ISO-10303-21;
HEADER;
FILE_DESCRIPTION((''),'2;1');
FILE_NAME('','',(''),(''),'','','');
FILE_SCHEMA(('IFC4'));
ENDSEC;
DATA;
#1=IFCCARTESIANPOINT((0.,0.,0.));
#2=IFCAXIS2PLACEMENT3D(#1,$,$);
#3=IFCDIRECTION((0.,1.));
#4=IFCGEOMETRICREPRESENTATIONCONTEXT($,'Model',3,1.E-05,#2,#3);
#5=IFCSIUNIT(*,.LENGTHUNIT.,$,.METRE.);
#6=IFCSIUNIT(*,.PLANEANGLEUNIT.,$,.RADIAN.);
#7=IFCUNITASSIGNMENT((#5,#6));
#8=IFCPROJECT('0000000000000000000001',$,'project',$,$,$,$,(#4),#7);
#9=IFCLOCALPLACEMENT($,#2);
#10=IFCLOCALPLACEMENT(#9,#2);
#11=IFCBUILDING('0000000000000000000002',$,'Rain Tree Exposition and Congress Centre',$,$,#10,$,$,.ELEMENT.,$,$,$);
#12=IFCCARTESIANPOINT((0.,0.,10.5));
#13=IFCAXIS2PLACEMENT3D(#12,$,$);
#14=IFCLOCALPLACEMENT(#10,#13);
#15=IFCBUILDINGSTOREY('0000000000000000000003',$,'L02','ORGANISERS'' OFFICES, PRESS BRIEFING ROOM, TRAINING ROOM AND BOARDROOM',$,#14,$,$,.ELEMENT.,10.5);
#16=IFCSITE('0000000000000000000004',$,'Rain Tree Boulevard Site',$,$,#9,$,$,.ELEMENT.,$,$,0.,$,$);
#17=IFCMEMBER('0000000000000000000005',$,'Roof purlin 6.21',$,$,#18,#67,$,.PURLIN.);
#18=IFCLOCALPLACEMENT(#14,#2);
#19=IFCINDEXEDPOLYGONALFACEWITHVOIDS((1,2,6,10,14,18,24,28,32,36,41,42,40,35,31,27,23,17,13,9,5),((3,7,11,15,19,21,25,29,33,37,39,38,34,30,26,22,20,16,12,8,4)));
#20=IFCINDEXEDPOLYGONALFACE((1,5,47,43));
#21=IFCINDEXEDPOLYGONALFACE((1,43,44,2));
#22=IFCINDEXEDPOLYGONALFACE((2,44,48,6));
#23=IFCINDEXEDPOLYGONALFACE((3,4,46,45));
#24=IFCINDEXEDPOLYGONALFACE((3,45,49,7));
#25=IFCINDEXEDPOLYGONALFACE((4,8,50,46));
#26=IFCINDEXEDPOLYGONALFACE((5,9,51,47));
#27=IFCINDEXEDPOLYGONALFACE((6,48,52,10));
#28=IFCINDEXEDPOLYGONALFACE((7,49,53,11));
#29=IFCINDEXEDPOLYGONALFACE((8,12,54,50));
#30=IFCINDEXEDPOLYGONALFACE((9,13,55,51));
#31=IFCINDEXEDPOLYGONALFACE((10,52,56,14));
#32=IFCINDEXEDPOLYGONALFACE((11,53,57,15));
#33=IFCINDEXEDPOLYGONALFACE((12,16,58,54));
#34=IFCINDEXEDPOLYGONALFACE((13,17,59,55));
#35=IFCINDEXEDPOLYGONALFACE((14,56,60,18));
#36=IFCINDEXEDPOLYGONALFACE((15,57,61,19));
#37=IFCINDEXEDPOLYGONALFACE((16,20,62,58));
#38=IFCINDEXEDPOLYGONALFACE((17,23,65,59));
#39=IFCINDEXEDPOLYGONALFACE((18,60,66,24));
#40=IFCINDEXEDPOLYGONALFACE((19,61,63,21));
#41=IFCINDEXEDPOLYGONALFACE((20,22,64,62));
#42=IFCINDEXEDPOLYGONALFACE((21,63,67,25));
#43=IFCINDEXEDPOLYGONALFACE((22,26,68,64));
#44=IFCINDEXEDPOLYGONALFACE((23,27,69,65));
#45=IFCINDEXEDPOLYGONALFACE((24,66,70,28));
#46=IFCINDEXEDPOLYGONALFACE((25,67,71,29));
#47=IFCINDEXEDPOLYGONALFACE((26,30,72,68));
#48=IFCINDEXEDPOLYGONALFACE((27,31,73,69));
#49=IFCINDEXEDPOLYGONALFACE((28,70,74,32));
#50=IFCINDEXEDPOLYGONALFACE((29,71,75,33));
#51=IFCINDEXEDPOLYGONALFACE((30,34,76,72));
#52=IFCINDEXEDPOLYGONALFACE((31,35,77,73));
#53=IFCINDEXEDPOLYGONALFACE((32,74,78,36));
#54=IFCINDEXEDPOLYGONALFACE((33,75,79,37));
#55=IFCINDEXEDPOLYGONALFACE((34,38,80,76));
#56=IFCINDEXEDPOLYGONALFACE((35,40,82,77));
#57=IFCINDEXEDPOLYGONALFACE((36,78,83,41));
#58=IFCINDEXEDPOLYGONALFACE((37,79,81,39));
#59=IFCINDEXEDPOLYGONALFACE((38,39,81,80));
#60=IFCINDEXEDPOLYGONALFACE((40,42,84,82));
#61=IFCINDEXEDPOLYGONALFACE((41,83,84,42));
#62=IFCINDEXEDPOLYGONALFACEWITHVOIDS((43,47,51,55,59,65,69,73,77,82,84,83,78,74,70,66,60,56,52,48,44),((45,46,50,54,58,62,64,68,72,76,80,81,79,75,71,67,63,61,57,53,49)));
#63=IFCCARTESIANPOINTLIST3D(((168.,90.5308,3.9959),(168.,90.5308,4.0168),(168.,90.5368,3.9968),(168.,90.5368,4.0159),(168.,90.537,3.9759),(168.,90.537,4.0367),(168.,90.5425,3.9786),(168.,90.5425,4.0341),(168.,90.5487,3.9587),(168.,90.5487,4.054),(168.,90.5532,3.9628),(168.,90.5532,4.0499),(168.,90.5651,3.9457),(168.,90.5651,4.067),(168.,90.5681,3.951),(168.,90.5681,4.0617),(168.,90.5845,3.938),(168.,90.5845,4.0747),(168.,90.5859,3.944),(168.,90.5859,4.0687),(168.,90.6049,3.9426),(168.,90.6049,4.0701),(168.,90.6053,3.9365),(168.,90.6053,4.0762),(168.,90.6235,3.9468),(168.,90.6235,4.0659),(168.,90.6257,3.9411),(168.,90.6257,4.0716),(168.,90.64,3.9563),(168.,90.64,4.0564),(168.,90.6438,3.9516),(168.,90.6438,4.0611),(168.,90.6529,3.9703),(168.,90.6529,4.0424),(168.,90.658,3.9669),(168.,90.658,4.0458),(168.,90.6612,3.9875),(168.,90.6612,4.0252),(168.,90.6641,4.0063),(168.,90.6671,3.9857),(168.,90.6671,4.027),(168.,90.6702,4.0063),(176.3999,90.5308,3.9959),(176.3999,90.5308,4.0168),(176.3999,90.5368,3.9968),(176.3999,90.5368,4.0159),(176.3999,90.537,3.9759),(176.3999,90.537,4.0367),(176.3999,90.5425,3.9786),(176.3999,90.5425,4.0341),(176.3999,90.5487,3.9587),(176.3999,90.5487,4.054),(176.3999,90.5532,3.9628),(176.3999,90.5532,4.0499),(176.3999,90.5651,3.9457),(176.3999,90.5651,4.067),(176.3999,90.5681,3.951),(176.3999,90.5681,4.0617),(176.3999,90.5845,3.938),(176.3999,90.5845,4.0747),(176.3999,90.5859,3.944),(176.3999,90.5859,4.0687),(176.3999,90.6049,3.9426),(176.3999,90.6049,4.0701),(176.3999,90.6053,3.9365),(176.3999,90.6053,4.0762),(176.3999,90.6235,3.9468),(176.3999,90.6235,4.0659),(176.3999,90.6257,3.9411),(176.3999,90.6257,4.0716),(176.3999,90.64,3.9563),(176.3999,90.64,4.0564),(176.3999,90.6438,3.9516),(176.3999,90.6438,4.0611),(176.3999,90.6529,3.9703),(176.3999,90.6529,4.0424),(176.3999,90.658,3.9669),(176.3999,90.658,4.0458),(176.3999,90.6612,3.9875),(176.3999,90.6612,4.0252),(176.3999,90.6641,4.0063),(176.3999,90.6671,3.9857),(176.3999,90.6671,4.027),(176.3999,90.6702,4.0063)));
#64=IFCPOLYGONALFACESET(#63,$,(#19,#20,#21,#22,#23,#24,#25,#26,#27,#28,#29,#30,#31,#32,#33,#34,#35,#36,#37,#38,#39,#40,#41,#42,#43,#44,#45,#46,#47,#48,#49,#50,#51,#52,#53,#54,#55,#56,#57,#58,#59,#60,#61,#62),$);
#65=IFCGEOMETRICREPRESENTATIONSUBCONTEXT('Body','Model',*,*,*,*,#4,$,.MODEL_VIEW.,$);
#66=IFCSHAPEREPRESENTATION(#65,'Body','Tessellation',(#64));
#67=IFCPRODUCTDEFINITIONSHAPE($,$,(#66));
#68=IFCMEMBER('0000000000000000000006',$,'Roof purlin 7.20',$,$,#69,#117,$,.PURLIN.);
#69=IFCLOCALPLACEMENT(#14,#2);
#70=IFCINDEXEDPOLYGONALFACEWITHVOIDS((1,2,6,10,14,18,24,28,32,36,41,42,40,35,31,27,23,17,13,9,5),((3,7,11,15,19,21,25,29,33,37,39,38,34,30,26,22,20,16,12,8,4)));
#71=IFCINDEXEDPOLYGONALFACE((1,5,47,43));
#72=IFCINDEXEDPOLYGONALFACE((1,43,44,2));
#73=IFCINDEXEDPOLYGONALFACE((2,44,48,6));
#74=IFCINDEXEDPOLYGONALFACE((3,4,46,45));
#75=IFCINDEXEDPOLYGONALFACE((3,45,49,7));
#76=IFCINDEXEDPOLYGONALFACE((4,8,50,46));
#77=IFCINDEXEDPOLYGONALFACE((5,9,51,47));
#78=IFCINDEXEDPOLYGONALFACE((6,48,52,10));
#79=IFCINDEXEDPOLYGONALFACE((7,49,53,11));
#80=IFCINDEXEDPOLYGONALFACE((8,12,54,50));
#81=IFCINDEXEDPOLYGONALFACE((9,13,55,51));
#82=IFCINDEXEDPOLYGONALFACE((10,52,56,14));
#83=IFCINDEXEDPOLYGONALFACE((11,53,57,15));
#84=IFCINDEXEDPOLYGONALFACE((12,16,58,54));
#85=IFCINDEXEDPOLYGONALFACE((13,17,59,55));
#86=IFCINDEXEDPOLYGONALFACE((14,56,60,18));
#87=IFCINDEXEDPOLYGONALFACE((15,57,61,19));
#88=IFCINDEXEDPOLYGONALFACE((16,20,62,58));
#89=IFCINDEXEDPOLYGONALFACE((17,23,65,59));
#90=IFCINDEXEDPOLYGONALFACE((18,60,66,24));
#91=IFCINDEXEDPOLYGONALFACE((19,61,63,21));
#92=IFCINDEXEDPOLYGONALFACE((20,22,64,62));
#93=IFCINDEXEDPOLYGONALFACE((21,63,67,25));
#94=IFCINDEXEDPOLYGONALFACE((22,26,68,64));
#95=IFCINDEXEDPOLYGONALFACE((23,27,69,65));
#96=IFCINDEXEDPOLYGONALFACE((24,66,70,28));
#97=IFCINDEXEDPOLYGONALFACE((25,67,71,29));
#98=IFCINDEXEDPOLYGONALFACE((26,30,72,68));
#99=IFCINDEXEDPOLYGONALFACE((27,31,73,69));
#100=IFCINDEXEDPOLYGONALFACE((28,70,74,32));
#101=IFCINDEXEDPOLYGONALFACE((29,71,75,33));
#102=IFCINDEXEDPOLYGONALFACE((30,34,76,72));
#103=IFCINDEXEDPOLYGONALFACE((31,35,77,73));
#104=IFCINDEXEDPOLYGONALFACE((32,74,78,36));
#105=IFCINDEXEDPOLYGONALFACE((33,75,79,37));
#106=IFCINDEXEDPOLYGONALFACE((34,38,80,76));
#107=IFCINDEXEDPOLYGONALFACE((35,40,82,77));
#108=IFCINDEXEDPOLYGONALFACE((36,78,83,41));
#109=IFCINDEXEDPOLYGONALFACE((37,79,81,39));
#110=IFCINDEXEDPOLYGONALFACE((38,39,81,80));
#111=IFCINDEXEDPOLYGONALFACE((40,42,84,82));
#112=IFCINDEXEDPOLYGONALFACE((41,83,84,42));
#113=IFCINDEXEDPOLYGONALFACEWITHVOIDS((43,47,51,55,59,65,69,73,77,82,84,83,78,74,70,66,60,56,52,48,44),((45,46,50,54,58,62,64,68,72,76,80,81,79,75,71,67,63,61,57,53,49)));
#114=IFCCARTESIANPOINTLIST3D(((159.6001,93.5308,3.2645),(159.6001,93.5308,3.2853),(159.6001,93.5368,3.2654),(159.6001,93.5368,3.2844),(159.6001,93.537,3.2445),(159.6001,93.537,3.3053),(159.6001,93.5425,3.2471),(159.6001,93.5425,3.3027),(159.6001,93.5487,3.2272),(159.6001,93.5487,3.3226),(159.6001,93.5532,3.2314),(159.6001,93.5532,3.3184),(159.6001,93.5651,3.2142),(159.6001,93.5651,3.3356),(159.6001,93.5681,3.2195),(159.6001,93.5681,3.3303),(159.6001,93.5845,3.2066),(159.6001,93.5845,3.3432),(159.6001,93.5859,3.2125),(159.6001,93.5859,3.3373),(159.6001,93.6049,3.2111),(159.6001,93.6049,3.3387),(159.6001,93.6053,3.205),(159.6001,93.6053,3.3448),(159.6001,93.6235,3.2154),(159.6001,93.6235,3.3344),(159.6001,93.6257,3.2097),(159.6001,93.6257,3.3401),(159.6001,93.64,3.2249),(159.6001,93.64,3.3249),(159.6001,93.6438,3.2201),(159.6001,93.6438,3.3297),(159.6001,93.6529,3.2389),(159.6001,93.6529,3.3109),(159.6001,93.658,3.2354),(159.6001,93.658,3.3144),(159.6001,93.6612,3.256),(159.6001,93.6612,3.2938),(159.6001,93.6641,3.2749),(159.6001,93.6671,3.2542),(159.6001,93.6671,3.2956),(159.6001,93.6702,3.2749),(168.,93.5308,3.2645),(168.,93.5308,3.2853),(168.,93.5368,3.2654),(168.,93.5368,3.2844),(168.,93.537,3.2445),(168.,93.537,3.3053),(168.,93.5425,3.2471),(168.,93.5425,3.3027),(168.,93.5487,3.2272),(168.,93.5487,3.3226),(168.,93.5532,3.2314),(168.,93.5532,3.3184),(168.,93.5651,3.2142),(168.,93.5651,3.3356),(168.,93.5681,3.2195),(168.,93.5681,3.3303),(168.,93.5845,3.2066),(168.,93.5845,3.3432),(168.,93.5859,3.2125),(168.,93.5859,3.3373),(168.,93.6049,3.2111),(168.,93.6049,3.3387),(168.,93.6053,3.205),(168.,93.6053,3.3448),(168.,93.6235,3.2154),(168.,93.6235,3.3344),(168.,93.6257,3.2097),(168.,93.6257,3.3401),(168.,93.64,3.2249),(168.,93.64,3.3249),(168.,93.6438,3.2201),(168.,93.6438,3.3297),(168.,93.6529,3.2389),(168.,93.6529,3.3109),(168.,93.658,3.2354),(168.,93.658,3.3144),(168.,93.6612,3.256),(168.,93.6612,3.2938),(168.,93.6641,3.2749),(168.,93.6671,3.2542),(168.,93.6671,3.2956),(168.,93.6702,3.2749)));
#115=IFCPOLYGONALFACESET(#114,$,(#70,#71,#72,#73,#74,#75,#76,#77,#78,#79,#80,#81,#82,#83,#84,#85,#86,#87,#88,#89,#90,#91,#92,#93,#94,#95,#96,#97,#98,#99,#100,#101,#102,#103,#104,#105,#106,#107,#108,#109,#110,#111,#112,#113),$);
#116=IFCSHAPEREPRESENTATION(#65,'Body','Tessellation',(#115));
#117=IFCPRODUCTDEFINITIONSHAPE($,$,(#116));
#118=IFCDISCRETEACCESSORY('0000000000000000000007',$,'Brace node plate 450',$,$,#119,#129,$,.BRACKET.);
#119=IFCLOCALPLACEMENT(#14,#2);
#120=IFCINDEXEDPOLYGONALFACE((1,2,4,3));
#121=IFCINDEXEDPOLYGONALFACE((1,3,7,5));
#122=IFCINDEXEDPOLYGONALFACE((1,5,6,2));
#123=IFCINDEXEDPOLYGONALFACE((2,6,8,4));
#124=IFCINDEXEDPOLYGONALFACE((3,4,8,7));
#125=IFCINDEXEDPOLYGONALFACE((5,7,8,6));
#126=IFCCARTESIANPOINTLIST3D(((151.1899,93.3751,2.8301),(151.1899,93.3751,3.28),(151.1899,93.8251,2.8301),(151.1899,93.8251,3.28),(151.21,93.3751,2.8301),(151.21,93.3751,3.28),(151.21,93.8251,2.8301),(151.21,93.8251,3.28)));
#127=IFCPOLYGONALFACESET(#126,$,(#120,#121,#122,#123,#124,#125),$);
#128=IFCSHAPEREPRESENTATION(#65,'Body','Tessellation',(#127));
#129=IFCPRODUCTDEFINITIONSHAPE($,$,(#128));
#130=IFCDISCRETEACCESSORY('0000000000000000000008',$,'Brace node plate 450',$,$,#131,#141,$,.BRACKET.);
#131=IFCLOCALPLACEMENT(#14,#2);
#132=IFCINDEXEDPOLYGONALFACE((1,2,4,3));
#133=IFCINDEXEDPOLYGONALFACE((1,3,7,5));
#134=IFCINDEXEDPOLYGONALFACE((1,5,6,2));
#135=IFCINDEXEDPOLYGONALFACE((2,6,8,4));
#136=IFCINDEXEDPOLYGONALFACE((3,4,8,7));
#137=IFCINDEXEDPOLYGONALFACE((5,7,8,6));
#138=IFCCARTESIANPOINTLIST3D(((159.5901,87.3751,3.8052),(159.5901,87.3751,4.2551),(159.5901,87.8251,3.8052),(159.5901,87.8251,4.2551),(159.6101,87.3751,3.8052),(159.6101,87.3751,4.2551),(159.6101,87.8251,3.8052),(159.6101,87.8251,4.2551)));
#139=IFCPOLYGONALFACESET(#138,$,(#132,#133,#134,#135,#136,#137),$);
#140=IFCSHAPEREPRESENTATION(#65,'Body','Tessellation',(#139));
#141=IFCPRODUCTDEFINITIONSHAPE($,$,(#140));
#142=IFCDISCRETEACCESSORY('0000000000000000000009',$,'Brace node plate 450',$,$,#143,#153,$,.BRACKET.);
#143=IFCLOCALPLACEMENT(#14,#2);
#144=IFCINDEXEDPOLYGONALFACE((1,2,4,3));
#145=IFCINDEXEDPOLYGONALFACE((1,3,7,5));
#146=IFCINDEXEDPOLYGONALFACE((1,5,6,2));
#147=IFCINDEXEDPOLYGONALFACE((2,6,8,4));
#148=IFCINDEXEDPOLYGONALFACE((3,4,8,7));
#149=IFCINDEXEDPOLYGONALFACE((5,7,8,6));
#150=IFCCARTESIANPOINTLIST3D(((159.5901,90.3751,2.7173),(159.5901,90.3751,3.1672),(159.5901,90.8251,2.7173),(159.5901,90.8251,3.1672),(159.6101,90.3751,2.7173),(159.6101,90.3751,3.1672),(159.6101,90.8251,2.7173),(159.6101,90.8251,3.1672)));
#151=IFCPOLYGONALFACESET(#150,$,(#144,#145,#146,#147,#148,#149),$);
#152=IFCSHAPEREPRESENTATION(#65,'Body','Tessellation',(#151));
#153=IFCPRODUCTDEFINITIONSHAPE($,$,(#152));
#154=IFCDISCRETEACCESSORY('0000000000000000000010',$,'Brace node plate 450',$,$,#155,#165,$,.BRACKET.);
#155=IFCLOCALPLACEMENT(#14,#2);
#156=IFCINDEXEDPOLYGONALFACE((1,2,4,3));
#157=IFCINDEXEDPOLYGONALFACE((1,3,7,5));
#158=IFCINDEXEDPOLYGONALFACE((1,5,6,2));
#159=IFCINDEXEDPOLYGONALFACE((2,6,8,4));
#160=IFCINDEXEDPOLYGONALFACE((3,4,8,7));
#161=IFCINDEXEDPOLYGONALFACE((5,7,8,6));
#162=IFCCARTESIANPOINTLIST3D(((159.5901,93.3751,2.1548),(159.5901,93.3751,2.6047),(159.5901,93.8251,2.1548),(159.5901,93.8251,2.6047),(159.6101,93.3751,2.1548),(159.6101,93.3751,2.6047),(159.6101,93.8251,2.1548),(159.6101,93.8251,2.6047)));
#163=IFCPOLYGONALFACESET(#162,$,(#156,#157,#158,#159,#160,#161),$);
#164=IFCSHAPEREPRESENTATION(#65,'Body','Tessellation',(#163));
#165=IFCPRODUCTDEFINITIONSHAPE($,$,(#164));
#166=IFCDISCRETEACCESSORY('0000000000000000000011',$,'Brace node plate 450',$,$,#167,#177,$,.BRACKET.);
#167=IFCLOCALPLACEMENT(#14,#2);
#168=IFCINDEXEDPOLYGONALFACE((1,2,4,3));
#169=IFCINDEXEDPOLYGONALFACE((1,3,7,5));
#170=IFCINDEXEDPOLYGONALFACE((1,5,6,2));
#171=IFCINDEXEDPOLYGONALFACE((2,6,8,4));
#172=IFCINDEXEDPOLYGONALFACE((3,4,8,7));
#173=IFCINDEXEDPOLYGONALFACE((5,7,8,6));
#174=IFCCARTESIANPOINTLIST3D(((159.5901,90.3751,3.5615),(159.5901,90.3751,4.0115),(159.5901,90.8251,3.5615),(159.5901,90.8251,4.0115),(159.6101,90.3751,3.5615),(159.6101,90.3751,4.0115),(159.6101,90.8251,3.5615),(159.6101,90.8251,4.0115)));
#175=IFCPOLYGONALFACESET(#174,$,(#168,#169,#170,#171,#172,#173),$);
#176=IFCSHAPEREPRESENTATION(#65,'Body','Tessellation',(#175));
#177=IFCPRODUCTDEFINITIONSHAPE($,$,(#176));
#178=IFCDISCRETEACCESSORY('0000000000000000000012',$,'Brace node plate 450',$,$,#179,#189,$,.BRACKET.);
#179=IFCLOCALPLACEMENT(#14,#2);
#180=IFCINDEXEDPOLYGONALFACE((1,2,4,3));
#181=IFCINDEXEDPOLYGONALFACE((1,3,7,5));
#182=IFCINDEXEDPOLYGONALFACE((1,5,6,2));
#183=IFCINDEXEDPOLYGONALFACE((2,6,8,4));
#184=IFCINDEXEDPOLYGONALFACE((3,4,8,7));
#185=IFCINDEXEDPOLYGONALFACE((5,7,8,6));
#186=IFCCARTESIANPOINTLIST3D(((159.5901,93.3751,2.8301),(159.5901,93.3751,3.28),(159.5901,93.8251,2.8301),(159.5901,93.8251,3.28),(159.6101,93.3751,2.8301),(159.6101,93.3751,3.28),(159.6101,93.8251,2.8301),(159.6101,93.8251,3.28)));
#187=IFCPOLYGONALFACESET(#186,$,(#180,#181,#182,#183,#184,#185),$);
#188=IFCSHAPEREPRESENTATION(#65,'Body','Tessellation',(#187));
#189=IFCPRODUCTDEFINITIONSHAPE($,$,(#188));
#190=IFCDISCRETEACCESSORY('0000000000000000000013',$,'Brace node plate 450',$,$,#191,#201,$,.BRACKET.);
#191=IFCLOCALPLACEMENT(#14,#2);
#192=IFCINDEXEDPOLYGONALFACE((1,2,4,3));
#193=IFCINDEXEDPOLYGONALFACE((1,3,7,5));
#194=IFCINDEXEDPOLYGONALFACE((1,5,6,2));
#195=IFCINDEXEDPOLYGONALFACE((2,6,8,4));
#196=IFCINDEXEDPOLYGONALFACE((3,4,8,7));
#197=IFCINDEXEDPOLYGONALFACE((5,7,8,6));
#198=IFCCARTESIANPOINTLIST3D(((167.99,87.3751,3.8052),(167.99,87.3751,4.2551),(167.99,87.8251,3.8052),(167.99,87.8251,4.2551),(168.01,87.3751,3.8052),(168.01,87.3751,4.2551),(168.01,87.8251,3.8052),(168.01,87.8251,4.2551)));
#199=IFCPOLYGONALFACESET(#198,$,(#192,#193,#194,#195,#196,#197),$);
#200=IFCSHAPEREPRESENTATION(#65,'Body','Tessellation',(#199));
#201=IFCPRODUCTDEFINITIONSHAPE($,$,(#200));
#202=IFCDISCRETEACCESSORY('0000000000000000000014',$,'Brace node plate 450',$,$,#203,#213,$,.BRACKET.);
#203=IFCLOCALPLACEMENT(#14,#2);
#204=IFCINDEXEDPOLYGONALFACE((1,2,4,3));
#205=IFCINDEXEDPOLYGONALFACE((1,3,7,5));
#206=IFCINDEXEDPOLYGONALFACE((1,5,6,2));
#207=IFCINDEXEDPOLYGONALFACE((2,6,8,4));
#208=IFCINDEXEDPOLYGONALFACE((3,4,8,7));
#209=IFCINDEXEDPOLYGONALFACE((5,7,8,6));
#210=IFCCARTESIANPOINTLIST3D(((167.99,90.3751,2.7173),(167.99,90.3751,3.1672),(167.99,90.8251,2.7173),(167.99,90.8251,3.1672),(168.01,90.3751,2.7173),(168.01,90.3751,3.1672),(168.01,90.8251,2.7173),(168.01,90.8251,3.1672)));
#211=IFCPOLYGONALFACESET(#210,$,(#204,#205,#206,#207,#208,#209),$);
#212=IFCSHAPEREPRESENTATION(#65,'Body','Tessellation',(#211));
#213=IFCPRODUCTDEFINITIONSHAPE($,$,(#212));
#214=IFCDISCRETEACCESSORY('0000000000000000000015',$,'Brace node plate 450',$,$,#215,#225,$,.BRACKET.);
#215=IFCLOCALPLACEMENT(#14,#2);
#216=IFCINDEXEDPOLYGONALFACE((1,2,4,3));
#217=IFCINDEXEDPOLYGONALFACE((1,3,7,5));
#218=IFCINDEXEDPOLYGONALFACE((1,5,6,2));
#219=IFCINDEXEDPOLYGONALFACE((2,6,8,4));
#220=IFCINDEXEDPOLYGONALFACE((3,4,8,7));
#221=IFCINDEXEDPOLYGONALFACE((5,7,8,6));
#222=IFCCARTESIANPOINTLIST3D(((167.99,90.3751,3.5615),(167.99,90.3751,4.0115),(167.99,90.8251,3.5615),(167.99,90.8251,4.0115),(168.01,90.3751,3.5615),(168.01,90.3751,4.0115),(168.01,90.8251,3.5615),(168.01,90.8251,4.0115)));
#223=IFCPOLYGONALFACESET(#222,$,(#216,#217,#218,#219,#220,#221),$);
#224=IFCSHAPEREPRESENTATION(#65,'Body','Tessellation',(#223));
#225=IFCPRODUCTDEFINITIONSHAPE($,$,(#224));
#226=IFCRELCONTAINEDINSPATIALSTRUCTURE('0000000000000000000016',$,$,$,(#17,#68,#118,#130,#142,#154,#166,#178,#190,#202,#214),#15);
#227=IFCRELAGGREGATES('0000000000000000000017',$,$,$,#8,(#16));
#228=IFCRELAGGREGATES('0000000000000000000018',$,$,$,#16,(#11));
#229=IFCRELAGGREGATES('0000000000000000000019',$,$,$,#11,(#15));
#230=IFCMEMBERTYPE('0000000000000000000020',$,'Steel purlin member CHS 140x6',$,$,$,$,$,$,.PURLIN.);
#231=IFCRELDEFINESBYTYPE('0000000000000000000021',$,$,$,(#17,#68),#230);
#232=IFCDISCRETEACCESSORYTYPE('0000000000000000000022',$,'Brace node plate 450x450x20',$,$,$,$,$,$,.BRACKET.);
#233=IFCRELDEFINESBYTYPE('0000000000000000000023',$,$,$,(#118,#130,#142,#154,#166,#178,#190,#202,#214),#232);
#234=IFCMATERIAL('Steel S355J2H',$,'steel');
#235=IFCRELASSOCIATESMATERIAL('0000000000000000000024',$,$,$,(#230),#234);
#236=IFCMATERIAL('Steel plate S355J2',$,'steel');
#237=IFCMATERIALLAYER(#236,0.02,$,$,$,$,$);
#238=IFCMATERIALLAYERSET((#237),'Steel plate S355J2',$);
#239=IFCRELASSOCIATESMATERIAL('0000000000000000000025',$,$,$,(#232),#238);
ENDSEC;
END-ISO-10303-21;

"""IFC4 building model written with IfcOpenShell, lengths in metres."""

from ifc_helpers import new_model, si_unit, direction, frame, origin, origin_2d, place, context, subcontext, project, spatial, rectangle, hollow_circle, extrude, material, layer, layer_set, material_profile, profile_set, type_object, element, save


model = new_model("IFC4")

# Units and contexts
model_context = context("Model", 3, precision=1e-05, world=origin(), true_north=direction((0.0, 1.0)))
body_context = subcontext(model_context, "Body", "Model", "MODEL_VIEW")
ifc_project = project(units=[si_unit("LENGTHUNIT", "METRE"), si_unit("PLANEANGLEUNIT", "RADIAN")], contexts=[model_context])

# Site, building, storey
site_placement = place(None, origin())
site = spatial("IfcSite", under=ifc_project, at=site_placement, Name="Rain Tree Boulevard Site", CompositionType="ELEMENT", RefElevation=0.0)
building_placement = place(site_placement, origin())
building = spatial("IfcBuilding", under=site, at=building_placement, Name="Rain Tree Exposition and Congress Centre", CompositionType="ELEMENT")
storey_placement = place(building_placement, frame((0.0, 0.0, 10.5)))
storey = spatial("IfcBuildingStorey", under=building, at=storey_placement, Name="L02", Description="ORGANISERS' OFFICES, PRESS BRIEFING ROOM, TRAINING ROOM AND BOARDROOM", CompositionType="ELEMENT", Elevation=10.5)

# Members
ifc_material_1 = material(Name="Steel S355J2H", Category="steel")
ifc_material_profile_1 = material_profile(ifc_material_1, hollow_circle(Radius=0.0701, WallThickness=0.0061, at=origin_2d()), Name="CHS 140x6")
ifc_profile_set_1 = profile_set([ifc_material_profile_1], Name="Steel S355J2H")
member_type_1 = type_object("IfcMemberType", Name="Steel purlin member CHS 140x6", PredefinedType="PURLIN", material=ifc_profile_set_1)
for number, where, z_axis, x_axis, name in (
    (1, (168.0, 90.6001, 4.0063), (1.0, 0.0, 0.0), (0.0, 1.0, 0.0), "Roof purlin 6.21"),
    (2, (159.6001, 93.6001, 3.2749), (1.0, 0.0, 0.0), (0.0, 1.0, 0.0), "Roof purlin 7.20"),
):
    element("IfcMember", number, at=place(storey_placement, frame(where, z_axis=z_axis, x_axis=x_axis)), inside=storey, type_object=member_type_1, Name=name, PredefinedType="PURLIN", context=body_context, shape_type="SweptSolid", body=[
        extrude(hollow_circle(Radius=0.0701, WallThickness=0.0061, at=origin_2d()), origin(), (0.0, 0.0, 1.0), 8.3999),
    ])

# Discrete accessories
ifc_material_2 = material(Name="Steel plate S355J2", Category="steel")
ifc_layer = layer(ifc_material_2, 0.02)
ifc_layer_set = layer_set([ifc_layer], Name="Steel plate S355J2")
discrete_accessory_type = type_object("IfcDiscreteAccessoryType", Name="Brace node plate 450x450x20", PredefinedType="BRACKET", material=ifc_layer_set)
for number, where, z_axis, x_axis, name in (
    (3, (151.2, 93.6001, 2.8301), (0.0, 0.0, 1.0), (0.0, 1.0, 0.0), "Brace node plate 450"),
    (4, (159.6001, 87.6001, 3.8052), (0.0, 0.0, 1.0), (0.0, 1.0, 0.0), "Brace node plate 450"),
    (5, (159.6001, 90.6001, 2.7173), (0.0, 0.0, 1.0), (0.0, -1.0, 0.0), "Brace node plate 450"),
    (6, (159.6001, 93.6001, 2.1548), (0.0, 0.0, 1.0), (0.0, -1.0, 0.0), "Brace node plate 450"),
    (7, (159.6001, 90.6001, 3.5615), (0.0, 0.0, 1.0), (0.0, 1.0, 0.0), "Brace node plate 450"),
    (8, (159.6001, 93.6001, 2.8301), (0.0, 0.0, 1.0), (0.0, 1.0, 0.0), "Brace node plate 450"),
    (9, (168.0, 87.6001, 3.8052), (0.0, 0.0, 1.0), (0.0, 1.0, 0.0), "Brace node plate 450"),
    (10, (168.0, 90.6001, 2.7173), (0.0, 0.0, 1.0), (0.0, -1.0, 0.0), "Brace node plate 450"),
    (11, (168.0, 90.6001, 3.5615), (0.0, 0.0, 1.0), (0.0, 1.0, 0.0), "Brace node plate 450"),
):
    element("IfcDiscreteAccessory", number, at=place(storey_placement, frame(where, z_axis=z_axis, x_axis=x_axis)), inside=storey, type_object=discrete_accessory_type, Name=name, PredefinedType="BRACKET", context=body_context, shape_type="SweptSolid", body=[
        extrude(rectangle(XDim=0.45, YDim=0.02, at=origin_2d()), origin(), (0.0, 0.0, 1.0), 0.45),
    ])

save(model, "model.ifc")
